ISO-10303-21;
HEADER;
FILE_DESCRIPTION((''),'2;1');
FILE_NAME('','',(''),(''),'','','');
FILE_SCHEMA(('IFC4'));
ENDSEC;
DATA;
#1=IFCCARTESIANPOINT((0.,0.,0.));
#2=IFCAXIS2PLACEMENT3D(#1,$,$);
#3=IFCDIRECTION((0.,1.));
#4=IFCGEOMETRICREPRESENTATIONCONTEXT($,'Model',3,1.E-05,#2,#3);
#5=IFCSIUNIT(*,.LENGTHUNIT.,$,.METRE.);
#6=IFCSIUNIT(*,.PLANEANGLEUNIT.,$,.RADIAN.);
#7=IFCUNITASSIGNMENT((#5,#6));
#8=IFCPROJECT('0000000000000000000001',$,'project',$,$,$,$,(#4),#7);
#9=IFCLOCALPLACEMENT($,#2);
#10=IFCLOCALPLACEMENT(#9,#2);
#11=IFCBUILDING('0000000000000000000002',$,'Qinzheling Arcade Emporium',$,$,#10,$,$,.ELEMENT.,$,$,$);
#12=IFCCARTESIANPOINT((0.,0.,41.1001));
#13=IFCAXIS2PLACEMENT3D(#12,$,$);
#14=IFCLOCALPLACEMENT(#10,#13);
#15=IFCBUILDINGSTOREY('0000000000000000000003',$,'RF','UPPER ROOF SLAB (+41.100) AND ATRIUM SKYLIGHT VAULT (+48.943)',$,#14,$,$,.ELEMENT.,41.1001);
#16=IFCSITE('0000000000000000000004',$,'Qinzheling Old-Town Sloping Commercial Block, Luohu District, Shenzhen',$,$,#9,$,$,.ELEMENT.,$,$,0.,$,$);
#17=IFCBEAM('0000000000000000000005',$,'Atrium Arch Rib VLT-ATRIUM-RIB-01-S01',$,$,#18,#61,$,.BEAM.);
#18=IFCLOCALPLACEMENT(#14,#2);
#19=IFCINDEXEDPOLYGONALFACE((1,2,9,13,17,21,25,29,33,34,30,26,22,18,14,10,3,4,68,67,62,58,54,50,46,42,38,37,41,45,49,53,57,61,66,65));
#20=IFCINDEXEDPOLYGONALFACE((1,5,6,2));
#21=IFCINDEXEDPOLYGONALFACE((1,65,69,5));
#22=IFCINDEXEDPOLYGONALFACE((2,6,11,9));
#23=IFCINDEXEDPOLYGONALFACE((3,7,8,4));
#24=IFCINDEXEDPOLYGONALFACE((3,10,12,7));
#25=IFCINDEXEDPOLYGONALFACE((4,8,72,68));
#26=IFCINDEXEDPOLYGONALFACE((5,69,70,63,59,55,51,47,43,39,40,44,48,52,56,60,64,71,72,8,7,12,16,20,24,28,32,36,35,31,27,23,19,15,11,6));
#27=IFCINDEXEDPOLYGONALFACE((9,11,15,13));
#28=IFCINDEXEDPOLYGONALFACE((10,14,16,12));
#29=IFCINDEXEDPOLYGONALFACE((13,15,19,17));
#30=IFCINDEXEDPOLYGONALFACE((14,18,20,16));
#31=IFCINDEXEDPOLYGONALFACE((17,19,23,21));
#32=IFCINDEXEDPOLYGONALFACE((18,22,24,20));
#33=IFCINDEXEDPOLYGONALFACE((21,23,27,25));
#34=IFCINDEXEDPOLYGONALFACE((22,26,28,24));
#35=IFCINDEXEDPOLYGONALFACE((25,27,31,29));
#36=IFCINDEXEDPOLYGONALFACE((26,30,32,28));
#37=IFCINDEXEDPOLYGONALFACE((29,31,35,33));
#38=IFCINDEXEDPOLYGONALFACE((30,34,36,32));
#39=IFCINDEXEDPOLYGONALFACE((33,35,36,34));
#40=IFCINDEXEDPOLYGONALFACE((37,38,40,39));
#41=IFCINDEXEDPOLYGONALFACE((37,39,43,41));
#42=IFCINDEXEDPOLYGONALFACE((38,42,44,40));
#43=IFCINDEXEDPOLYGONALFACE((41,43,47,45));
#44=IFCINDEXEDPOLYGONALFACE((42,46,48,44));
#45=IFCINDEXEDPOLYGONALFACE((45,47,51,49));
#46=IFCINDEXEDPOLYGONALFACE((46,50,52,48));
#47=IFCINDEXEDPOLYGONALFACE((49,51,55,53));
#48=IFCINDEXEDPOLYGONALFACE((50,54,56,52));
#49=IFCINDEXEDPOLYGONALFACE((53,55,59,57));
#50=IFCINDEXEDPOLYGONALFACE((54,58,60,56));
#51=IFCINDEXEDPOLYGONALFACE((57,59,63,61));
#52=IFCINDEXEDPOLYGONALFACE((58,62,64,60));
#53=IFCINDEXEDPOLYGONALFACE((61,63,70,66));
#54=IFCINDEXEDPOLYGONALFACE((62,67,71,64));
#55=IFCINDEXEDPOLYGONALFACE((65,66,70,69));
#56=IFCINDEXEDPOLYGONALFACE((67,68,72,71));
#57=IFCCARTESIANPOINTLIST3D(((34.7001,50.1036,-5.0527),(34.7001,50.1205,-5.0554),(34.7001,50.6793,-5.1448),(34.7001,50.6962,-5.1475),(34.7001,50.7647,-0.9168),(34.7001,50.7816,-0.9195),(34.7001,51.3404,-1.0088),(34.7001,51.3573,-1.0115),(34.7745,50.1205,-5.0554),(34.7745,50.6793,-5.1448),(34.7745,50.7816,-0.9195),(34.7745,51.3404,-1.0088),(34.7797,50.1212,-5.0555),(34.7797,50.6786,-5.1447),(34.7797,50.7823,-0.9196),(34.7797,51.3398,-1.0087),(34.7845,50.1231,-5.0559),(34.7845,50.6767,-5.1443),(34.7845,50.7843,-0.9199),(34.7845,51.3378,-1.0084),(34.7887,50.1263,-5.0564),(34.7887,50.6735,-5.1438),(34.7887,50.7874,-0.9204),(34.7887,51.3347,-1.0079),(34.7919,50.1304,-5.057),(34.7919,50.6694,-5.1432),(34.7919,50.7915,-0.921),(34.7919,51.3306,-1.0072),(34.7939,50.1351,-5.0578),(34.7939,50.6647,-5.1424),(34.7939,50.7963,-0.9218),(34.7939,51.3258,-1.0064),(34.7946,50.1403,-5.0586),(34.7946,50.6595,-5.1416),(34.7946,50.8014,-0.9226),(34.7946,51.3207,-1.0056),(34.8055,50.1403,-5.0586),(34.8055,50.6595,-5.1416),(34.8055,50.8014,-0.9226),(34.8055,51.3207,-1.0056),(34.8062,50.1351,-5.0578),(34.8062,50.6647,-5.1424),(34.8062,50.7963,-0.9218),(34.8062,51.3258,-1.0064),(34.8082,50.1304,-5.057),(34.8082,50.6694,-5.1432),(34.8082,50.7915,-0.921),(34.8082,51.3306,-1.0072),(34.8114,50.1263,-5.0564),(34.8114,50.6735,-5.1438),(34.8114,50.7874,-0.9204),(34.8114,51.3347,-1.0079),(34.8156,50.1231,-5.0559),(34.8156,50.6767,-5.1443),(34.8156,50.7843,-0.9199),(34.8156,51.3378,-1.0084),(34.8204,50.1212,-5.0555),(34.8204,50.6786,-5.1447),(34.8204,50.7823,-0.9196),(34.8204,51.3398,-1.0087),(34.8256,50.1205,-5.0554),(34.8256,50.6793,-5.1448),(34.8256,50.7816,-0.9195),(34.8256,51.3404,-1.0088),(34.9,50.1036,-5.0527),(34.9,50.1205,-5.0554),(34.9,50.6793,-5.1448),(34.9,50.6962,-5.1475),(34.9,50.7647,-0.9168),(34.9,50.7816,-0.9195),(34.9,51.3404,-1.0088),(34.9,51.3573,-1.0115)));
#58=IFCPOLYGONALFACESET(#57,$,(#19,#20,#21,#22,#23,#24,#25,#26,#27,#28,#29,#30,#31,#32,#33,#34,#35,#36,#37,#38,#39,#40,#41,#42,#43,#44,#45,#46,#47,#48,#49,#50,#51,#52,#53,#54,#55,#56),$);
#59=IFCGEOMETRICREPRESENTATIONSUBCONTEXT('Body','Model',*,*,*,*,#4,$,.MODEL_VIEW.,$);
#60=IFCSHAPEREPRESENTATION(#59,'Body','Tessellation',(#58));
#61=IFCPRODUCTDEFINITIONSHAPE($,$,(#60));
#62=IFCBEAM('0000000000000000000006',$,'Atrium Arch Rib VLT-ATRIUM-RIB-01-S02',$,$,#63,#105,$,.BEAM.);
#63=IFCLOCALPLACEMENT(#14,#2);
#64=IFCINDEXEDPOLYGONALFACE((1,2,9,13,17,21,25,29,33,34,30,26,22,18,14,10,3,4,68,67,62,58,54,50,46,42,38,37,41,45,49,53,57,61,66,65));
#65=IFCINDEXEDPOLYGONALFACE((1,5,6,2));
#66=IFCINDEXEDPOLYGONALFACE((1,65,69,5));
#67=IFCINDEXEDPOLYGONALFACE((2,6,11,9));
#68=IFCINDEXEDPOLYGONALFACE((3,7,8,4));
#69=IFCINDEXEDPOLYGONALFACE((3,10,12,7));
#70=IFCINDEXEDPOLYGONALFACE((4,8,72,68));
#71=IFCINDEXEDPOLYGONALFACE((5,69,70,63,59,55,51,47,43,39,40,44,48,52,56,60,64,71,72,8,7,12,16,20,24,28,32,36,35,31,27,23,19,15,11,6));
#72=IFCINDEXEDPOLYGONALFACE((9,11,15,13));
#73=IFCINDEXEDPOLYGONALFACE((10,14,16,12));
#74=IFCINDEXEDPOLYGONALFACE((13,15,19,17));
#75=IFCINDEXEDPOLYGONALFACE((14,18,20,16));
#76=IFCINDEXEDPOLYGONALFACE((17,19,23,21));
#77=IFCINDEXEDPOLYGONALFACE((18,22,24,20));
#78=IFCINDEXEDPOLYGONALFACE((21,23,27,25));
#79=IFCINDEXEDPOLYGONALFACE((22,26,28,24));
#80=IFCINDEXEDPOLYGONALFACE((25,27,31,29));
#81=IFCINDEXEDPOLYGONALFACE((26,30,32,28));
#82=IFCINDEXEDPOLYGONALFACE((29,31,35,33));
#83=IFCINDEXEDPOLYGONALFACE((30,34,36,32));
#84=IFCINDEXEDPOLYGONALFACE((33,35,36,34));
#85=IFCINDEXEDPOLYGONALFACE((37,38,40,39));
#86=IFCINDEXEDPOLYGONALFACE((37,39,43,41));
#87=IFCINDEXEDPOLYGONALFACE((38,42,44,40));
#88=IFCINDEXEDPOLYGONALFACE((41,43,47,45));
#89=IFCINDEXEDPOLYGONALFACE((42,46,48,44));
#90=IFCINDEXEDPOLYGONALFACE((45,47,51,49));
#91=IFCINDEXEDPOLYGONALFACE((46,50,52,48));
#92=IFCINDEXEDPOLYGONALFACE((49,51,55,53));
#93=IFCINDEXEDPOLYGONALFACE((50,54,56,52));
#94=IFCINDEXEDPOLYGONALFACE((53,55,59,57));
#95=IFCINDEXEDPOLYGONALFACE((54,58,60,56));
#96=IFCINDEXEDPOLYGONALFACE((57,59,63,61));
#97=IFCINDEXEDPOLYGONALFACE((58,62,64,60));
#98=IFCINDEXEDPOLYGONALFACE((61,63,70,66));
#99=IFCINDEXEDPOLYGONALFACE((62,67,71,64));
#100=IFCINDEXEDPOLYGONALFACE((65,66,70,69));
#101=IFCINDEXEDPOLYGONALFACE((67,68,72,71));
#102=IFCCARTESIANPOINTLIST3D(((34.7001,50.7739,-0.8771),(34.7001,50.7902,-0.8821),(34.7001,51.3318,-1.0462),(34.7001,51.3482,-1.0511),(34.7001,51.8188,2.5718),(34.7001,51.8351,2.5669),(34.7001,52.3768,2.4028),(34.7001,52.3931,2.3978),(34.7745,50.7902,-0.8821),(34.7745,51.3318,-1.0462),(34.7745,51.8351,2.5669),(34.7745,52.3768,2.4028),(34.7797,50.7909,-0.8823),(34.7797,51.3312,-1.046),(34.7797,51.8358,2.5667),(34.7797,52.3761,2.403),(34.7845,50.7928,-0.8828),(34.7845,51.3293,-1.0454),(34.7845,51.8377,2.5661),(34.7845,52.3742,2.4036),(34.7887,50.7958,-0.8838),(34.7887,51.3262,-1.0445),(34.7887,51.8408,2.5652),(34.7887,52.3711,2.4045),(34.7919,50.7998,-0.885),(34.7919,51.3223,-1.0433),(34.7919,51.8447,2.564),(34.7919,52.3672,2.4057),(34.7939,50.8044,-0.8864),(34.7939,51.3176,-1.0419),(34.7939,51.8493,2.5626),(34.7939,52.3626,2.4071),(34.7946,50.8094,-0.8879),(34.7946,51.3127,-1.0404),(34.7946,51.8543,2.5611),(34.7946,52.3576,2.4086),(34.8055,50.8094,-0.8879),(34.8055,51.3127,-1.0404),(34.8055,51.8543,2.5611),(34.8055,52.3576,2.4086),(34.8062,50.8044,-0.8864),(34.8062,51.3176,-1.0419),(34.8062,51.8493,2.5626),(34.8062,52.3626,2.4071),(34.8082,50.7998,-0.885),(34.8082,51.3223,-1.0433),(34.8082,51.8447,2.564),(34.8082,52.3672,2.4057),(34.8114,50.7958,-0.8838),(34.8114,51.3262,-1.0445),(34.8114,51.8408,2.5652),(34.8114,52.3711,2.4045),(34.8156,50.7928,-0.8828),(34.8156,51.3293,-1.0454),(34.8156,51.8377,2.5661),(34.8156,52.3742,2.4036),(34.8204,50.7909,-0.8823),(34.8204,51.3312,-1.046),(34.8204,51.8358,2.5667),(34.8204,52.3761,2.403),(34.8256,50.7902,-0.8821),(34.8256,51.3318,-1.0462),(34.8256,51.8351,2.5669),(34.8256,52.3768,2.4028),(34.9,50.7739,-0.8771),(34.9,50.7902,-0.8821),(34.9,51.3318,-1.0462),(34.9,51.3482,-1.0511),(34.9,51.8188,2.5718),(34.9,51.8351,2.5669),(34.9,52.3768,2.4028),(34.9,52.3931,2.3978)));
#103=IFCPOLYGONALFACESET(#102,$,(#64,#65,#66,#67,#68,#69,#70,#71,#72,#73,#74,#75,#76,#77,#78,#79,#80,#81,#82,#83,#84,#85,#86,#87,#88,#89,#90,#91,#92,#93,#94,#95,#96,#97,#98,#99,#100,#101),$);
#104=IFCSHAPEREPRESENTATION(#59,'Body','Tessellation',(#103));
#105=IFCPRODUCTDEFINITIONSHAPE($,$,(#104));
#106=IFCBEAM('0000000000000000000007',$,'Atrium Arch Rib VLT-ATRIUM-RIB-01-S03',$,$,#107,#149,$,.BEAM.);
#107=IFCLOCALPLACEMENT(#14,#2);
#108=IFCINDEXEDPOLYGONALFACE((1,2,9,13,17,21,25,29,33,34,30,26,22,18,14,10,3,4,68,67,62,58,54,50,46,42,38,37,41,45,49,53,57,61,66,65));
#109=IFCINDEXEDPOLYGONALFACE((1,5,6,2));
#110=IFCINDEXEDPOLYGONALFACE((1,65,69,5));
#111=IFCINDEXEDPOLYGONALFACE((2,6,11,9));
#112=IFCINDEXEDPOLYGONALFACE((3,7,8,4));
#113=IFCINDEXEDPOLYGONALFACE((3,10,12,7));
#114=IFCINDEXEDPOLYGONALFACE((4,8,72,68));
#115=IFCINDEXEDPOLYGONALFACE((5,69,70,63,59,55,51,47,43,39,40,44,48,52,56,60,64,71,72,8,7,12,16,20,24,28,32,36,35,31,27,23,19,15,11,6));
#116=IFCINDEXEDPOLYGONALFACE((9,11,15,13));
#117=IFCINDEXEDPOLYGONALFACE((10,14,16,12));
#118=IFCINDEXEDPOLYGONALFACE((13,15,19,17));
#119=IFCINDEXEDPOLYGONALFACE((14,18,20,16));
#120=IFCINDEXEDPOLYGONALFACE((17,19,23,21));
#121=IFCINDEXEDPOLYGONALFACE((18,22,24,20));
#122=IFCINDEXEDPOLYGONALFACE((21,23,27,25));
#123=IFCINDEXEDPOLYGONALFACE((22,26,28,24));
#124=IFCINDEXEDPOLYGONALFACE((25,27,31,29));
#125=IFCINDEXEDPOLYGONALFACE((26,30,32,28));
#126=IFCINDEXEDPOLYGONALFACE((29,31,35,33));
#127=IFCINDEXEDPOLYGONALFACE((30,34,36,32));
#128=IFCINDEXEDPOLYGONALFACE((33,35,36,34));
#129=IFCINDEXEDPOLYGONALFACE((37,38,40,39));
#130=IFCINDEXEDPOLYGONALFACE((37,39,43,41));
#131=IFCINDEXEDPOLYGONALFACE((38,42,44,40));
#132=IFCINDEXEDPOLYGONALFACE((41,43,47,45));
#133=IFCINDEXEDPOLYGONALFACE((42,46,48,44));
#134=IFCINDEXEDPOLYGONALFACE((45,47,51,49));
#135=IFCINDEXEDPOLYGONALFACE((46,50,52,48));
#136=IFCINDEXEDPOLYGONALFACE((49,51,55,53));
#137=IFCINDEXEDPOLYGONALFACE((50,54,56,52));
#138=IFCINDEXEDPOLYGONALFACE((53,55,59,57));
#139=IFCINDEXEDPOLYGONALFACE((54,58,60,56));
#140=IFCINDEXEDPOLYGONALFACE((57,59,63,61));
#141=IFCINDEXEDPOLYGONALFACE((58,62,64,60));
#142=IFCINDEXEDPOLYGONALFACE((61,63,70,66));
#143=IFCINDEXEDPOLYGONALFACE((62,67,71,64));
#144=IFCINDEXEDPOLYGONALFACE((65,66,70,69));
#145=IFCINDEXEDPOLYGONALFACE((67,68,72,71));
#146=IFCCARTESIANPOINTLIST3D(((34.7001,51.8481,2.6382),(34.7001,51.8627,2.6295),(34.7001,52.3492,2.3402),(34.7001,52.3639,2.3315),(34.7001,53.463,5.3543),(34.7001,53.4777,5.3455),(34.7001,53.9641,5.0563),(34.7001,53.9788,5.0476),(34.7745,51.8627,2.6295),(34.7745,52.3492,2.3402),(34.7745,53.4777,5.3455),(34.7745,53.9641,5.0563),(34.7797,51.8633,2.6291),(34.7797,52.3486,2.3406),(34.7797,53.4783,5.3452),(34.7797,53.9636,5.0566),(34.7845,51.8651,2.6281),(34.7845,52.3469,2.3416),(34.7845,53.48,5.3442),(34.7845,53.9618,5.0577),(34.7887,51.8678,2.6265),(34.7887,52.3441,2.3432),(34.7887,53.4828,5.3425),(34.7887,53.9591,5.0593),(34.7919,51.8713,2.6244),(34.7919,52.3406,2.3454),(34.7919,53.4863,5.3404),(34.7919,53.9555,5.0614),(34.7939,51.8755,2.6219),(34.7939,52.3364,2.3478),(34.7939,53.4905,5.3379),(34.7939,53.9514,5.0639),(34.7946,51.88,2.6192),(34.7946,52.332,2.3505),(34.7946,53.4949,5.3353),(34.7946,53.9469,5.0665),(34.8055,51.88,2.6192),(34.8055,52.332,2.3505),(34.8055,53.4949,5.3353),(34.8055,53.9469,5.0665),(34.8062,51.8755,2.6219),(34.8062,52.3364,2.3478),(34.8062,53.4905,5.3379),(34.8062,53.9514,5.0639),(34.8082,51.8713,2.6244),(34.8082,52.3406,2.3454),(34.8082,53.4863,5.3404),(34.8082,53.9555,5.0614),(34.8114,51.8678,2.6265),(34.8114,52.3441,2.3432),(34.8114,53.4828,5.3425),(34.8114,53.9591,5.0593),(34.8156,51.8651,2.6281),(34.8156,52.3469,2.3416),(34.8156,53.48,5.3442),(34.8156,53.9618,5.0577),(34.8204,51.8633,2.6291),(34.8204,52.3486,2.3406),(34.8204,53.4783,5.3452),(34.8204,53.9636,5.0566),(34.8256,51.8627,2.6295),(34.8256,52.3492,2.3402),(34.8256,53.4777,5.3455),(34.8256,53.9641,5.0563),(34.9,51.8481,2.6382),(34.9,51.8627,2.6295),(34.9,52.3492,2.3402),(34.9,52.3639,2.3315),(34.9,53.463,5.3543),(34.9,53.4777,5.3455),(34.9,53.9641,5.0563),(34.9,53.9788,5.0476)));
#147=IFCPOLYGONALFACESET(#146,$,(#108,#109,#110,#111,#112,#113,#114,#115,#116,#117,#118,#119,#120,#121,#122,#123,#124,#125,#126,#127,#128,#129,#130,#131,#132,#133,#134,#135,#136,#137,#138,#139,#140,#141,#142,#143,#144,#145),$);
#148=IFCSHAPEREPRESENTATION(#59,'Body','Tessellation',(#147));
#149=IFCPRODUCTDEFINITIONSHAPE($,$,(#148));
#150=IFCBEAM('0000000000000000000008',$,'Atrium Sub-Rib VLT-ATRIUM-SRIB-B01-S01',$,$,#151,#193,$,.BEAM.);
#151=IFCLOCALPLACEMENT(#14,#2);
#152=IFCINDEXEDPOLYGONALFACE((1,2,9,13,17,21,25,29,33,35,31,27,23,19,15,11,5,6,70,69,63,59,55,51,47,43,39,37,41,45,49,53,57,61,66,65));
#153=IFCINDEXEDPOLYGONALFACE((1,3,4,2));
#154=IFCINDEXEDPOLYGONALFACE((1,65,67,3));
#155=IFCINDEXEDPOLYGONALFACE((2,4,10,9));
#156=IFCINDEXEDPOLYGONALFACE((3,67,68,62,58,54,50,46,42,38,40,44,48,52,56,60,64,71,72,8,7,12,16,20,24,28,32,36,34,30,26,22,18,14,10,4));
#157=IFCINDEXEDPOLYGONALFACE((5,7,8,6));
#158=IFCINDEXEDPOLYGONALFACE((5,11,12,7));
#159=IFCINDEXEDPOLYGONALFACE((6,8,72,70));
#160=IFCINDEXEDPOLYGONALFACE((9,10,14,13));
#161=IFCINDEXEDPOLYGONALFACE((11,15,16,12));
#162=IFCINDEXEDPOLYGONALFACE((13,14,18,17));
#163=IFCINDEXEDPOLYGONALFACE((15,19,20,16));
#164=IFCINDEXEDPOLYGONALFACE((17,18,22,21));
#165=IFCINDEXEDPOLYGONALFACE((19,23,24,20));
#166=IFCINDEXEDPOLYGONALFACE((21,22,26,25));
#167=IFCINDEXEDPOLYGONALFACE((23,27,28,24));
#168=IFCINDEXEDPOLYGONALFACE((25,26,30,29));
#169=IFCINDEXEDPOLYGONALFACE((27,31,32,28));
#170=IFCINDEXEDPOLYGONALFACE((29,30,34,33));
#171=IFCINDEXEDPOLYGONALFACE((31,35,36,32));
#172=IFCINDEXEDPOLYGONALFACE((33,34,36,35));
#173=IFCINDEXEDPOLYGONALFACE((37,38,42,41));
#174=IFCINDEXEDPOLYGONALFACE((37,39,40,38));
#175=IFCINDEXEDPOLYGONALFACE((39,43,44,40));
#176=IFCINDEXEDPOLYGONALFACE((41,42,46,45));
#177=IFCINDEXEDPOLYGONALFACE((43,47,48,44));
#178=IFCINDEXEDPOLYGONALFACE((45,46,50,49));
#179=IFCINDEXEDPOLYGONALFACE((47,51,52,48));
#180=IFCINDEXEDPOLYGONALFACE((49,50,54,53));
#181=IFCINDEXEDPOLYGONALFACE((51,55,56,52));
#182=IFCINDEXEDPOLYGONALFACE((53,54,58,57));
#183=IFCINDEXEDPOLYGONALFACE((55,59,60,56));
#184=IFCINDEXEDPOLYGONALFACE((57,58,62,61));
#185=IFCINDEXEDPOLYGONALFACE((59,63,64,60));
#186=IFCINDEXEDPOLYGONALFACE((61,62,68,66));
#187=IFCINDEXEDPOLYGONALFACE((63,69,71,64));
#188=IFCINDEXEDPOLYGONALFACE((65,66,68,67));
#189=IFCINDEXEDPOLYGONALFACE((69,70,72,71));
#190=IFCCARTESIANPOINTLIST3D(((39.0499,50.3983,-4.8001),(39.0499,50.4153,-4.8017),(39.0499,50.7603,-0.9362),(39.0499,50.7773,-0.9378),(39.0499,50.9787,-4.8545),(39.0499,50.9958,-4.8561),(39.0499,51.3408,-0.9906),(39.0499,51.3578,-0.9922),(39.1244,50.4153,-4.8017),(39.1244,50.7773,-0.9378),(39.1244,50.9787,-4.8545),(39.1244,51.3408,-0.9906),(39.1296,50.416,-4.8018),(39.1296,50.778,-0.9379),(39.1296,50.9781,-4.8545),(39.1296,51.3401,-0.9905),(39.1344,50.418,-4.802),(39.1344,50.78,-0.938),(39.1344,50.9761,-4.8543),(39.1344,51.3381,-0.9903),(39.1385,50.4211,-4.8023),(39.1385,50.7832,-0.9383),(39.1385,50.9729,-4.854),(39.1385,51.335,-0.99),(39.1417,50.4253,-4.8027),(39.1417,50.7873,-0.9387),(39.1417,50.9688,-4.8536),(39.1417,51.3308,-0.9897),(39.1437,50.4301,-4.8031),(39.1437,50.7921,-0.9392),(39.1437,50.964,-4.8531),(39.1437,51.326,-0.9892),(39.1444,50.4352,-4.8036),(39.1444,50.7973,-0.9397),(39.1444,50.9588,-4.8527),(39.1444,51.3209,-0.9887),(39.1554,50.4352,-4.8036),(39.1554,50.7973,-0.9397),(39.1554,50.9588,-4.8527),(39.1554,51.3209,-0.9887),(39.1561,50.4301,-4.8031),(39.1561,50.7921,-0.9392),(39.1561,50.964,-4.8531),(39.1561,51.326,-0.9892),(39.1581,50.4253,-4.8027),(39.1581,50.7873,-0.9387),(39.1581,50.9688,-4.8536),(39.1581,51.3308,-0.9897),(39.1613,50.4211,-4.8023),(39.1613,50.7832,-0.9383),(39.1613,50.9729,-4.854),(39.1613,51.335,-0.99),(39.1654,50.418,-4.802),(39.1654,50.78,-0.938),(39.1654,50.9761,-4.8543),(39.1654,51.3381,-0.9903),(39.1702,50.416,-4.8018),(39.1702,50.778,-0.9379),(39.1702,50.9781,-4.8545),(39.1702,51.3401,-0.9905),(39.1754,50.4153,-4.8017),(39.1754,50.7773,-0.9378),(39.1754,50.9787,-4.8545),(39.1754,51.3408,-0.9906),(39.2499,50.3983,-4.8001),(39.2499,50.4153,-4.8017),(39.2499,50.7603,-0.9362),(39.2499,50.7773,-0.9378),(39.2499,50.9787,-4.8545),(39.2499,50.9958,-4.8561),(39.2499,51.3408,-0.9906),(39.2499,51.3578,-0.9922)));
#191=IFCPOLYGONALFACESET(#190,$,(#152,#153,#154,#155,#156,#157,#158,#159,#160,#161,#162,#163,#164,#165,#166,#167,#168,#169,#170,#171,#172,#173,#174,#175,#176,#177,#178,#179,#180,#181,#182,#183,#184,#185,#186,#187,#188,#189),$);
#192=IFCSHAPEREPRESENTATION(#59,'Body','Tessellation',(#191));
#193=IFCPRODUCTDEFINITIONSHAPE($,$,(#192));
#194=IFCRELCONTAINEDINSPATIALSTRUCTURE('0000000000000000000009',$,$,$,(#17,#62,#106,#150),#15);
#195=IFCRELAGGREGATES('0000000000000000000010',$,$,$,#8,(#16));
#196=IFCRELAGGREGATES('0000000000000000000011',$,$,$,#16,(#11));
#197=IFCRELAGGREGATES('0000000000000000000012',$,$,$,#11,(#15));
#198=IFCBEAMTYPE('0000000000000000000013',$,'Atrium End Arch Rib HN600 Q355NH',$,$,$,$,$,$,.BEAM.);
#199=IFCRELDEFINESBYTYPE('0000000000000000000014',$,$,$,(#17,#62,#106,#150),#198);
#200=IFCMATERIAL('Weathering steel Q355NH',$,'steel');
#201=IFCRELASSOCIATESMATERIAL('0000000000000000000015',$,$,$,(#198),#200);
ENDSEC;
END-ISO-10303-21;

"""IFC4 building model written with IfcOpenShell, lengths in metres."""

from ifc_helpers import new_model, si_unit, direction, frame, origin, origin_2d, place, context, subcontext, project, spatial, i_section, extrude, material, material_profile, profile_set, type_object, element, save


model = new_model("IFC4")

# Units and contexts
model_context = context("Model", 3, precision=1e-05, world=origin(), true_north=direction((0.0, 1.0)))
body_context = subcontext(model_context, "Body", "Model", "MODEL_VIEW")
ifc_project = project(units=[si_unit("LENGTHUNIT", "METRE"), si_unit("PLANEANGLEUNIT", "RADIAN")], contexts=[model_context])

# Site, building, storey
site_placement = place(None, origin())
site = spatial("IfcSite", under=ifc_project, at=site_placement, Name="Qinzheling Old-Town Sloping Commercial Block, Luohu District, Shenzhen", CompositionType="ELEMENT", RefElevation=0.0)
building_placement = place(site_placement, origin())
building = spatial("IfcBuilding", under=site, at=building_placement, Name="Qinzheling Arcade Emporium", CompositionType="ELEMENT")
storey_placement = place(building_placement, frame((0.0, 0.0, 41.1001)))
storey = spatial("IfcBuildingStorey", under=building, at=storey_placement, Name="RF", Description="UPPER ROOF SLAB (+41.100) AND ATRIUM SKYLIGHT VAULT (+48.943)", CompositionType="ELEMENT", Elevation=41.1001)

# Beams
ifc_material_1 = material(Name="Weathering steel Q355NH", Category="steel")
ifc_material_profile_1 = material_profile(ifc_material_1, i_section(OverallWidth=0.2, OverallDepth=0.6001, WebThickness=0.011, FlangeThickness=0.0171, FilletRadius=0.02, at=origin_2d()), Name="HN 600x200x11x17", Category="steel")
ifc_profile_set_1 = profile_set([ifc_material_profile_1], Name="Weathering steel Q355NH")
beam_type_1 = type_object("IfcBeamType", Name="Atrium End Arch Rib HN600 Q355NH", PredefinedType="BEAM", material=ifc_profile_set_1)
beam_1_placement = place(storey_placement, frame((34.8, 50.3999, -5.1001), z_axis=(0.0, 0.157845, 0.987464), x_axis=(-1.0, 0.0, 0.0)))
element("IfcBeam", 1, at=beam_1_placement, inside=storey, type_object=beam_type_1, Name="Atrium Arch Rib VLT-ATRIUM-RIB-01-S01", PredefinedType="BEAM", context=body_context, shape_type="SweptSolid", body=[
    extrude(i_section(OverallWidth=0.2, OverallDepth=0.6001, WebThickness=0.011, FlangeThickness=0.0171, FilletRadius=0.02, at=origin_2d()), origin(), (0.0, 0.0, 1.0), 4.1885),
])
beam_2_placement = place(storey_placement, frame((34.8, 51.061, -0.9641), z_axis=(0.0, 0.289951, 0.957041), x_axis=(-1.0, 0.0, 0.0)))
element("IfcBeam", 2, at=beam_2_placement, inside=storey, type_object=beam_type_1, Name="Atrium Arch Rib VLT-ATRIUM-RIB-01-S02", PredefinedType="BEAM", context=body_context, shape_type="SweptSolid", body=[
    extrude(i_section(OverallWidth=0.2, OverallDepth=0.6001, WebThickness=0.011, FlangeThickness=0.0171, FilletRadius=0.02, at=origin_2d()), origin(), (0.0, 0.0, 1.0), 3.6038),
])
beam_3_placement = place(storey_placement, frame((34.8, 52.106, 2.4849), z_axis=(0.0, 0.511083, 0.859531), x_axis=(-1.0, 0.0, 0.0)))
element("IfcBeam", 3, at=beam_3_placement, inside=storey, type_object=beam_type_1, Name="Atrium Arch Rib VLT-ATRIUM-RIB-01-S03", PredefinedType="BEAM", context=body_context, shape_type="SweptSolid", body=[
    extrude(i_section(OverallWidth=0.2, OverallDepth=0.6001, WebThickness=0.011, FlangeThickness=0.0171, FilletRadius=0.02, at=origin_2d()), origin(), (0.0, 0.0, 1.0), 3.1599),
])
beam_4_placement = place(storey_placement, frame((39.1499, 50.697, -4.8281), z_axis=(0.0, 0.093292, 0.995639), x_axis=(-1.0, 0.0, 0.0)))
element("IfcBeam", 4, at=beam_4_placement, inside=storey, type_object=beam_type_1, Name="Atrium Sub-Rib VLT-ATRIUM-SRIB-B01-S01", PredefinedType="BEAM", context=body_context, shape_type="SweptSolid", body=[
    extrude(i_section(OverallWidth=0.2, OverallDepth=0.6001, WebThickness=0.011, FlangeThickness=0.0171, FilletRadius=0.02, at=origin_2d()), origin(), (0.0, 0.0, 1.0), 3.8809),
])

save(model, "model.ifc")
